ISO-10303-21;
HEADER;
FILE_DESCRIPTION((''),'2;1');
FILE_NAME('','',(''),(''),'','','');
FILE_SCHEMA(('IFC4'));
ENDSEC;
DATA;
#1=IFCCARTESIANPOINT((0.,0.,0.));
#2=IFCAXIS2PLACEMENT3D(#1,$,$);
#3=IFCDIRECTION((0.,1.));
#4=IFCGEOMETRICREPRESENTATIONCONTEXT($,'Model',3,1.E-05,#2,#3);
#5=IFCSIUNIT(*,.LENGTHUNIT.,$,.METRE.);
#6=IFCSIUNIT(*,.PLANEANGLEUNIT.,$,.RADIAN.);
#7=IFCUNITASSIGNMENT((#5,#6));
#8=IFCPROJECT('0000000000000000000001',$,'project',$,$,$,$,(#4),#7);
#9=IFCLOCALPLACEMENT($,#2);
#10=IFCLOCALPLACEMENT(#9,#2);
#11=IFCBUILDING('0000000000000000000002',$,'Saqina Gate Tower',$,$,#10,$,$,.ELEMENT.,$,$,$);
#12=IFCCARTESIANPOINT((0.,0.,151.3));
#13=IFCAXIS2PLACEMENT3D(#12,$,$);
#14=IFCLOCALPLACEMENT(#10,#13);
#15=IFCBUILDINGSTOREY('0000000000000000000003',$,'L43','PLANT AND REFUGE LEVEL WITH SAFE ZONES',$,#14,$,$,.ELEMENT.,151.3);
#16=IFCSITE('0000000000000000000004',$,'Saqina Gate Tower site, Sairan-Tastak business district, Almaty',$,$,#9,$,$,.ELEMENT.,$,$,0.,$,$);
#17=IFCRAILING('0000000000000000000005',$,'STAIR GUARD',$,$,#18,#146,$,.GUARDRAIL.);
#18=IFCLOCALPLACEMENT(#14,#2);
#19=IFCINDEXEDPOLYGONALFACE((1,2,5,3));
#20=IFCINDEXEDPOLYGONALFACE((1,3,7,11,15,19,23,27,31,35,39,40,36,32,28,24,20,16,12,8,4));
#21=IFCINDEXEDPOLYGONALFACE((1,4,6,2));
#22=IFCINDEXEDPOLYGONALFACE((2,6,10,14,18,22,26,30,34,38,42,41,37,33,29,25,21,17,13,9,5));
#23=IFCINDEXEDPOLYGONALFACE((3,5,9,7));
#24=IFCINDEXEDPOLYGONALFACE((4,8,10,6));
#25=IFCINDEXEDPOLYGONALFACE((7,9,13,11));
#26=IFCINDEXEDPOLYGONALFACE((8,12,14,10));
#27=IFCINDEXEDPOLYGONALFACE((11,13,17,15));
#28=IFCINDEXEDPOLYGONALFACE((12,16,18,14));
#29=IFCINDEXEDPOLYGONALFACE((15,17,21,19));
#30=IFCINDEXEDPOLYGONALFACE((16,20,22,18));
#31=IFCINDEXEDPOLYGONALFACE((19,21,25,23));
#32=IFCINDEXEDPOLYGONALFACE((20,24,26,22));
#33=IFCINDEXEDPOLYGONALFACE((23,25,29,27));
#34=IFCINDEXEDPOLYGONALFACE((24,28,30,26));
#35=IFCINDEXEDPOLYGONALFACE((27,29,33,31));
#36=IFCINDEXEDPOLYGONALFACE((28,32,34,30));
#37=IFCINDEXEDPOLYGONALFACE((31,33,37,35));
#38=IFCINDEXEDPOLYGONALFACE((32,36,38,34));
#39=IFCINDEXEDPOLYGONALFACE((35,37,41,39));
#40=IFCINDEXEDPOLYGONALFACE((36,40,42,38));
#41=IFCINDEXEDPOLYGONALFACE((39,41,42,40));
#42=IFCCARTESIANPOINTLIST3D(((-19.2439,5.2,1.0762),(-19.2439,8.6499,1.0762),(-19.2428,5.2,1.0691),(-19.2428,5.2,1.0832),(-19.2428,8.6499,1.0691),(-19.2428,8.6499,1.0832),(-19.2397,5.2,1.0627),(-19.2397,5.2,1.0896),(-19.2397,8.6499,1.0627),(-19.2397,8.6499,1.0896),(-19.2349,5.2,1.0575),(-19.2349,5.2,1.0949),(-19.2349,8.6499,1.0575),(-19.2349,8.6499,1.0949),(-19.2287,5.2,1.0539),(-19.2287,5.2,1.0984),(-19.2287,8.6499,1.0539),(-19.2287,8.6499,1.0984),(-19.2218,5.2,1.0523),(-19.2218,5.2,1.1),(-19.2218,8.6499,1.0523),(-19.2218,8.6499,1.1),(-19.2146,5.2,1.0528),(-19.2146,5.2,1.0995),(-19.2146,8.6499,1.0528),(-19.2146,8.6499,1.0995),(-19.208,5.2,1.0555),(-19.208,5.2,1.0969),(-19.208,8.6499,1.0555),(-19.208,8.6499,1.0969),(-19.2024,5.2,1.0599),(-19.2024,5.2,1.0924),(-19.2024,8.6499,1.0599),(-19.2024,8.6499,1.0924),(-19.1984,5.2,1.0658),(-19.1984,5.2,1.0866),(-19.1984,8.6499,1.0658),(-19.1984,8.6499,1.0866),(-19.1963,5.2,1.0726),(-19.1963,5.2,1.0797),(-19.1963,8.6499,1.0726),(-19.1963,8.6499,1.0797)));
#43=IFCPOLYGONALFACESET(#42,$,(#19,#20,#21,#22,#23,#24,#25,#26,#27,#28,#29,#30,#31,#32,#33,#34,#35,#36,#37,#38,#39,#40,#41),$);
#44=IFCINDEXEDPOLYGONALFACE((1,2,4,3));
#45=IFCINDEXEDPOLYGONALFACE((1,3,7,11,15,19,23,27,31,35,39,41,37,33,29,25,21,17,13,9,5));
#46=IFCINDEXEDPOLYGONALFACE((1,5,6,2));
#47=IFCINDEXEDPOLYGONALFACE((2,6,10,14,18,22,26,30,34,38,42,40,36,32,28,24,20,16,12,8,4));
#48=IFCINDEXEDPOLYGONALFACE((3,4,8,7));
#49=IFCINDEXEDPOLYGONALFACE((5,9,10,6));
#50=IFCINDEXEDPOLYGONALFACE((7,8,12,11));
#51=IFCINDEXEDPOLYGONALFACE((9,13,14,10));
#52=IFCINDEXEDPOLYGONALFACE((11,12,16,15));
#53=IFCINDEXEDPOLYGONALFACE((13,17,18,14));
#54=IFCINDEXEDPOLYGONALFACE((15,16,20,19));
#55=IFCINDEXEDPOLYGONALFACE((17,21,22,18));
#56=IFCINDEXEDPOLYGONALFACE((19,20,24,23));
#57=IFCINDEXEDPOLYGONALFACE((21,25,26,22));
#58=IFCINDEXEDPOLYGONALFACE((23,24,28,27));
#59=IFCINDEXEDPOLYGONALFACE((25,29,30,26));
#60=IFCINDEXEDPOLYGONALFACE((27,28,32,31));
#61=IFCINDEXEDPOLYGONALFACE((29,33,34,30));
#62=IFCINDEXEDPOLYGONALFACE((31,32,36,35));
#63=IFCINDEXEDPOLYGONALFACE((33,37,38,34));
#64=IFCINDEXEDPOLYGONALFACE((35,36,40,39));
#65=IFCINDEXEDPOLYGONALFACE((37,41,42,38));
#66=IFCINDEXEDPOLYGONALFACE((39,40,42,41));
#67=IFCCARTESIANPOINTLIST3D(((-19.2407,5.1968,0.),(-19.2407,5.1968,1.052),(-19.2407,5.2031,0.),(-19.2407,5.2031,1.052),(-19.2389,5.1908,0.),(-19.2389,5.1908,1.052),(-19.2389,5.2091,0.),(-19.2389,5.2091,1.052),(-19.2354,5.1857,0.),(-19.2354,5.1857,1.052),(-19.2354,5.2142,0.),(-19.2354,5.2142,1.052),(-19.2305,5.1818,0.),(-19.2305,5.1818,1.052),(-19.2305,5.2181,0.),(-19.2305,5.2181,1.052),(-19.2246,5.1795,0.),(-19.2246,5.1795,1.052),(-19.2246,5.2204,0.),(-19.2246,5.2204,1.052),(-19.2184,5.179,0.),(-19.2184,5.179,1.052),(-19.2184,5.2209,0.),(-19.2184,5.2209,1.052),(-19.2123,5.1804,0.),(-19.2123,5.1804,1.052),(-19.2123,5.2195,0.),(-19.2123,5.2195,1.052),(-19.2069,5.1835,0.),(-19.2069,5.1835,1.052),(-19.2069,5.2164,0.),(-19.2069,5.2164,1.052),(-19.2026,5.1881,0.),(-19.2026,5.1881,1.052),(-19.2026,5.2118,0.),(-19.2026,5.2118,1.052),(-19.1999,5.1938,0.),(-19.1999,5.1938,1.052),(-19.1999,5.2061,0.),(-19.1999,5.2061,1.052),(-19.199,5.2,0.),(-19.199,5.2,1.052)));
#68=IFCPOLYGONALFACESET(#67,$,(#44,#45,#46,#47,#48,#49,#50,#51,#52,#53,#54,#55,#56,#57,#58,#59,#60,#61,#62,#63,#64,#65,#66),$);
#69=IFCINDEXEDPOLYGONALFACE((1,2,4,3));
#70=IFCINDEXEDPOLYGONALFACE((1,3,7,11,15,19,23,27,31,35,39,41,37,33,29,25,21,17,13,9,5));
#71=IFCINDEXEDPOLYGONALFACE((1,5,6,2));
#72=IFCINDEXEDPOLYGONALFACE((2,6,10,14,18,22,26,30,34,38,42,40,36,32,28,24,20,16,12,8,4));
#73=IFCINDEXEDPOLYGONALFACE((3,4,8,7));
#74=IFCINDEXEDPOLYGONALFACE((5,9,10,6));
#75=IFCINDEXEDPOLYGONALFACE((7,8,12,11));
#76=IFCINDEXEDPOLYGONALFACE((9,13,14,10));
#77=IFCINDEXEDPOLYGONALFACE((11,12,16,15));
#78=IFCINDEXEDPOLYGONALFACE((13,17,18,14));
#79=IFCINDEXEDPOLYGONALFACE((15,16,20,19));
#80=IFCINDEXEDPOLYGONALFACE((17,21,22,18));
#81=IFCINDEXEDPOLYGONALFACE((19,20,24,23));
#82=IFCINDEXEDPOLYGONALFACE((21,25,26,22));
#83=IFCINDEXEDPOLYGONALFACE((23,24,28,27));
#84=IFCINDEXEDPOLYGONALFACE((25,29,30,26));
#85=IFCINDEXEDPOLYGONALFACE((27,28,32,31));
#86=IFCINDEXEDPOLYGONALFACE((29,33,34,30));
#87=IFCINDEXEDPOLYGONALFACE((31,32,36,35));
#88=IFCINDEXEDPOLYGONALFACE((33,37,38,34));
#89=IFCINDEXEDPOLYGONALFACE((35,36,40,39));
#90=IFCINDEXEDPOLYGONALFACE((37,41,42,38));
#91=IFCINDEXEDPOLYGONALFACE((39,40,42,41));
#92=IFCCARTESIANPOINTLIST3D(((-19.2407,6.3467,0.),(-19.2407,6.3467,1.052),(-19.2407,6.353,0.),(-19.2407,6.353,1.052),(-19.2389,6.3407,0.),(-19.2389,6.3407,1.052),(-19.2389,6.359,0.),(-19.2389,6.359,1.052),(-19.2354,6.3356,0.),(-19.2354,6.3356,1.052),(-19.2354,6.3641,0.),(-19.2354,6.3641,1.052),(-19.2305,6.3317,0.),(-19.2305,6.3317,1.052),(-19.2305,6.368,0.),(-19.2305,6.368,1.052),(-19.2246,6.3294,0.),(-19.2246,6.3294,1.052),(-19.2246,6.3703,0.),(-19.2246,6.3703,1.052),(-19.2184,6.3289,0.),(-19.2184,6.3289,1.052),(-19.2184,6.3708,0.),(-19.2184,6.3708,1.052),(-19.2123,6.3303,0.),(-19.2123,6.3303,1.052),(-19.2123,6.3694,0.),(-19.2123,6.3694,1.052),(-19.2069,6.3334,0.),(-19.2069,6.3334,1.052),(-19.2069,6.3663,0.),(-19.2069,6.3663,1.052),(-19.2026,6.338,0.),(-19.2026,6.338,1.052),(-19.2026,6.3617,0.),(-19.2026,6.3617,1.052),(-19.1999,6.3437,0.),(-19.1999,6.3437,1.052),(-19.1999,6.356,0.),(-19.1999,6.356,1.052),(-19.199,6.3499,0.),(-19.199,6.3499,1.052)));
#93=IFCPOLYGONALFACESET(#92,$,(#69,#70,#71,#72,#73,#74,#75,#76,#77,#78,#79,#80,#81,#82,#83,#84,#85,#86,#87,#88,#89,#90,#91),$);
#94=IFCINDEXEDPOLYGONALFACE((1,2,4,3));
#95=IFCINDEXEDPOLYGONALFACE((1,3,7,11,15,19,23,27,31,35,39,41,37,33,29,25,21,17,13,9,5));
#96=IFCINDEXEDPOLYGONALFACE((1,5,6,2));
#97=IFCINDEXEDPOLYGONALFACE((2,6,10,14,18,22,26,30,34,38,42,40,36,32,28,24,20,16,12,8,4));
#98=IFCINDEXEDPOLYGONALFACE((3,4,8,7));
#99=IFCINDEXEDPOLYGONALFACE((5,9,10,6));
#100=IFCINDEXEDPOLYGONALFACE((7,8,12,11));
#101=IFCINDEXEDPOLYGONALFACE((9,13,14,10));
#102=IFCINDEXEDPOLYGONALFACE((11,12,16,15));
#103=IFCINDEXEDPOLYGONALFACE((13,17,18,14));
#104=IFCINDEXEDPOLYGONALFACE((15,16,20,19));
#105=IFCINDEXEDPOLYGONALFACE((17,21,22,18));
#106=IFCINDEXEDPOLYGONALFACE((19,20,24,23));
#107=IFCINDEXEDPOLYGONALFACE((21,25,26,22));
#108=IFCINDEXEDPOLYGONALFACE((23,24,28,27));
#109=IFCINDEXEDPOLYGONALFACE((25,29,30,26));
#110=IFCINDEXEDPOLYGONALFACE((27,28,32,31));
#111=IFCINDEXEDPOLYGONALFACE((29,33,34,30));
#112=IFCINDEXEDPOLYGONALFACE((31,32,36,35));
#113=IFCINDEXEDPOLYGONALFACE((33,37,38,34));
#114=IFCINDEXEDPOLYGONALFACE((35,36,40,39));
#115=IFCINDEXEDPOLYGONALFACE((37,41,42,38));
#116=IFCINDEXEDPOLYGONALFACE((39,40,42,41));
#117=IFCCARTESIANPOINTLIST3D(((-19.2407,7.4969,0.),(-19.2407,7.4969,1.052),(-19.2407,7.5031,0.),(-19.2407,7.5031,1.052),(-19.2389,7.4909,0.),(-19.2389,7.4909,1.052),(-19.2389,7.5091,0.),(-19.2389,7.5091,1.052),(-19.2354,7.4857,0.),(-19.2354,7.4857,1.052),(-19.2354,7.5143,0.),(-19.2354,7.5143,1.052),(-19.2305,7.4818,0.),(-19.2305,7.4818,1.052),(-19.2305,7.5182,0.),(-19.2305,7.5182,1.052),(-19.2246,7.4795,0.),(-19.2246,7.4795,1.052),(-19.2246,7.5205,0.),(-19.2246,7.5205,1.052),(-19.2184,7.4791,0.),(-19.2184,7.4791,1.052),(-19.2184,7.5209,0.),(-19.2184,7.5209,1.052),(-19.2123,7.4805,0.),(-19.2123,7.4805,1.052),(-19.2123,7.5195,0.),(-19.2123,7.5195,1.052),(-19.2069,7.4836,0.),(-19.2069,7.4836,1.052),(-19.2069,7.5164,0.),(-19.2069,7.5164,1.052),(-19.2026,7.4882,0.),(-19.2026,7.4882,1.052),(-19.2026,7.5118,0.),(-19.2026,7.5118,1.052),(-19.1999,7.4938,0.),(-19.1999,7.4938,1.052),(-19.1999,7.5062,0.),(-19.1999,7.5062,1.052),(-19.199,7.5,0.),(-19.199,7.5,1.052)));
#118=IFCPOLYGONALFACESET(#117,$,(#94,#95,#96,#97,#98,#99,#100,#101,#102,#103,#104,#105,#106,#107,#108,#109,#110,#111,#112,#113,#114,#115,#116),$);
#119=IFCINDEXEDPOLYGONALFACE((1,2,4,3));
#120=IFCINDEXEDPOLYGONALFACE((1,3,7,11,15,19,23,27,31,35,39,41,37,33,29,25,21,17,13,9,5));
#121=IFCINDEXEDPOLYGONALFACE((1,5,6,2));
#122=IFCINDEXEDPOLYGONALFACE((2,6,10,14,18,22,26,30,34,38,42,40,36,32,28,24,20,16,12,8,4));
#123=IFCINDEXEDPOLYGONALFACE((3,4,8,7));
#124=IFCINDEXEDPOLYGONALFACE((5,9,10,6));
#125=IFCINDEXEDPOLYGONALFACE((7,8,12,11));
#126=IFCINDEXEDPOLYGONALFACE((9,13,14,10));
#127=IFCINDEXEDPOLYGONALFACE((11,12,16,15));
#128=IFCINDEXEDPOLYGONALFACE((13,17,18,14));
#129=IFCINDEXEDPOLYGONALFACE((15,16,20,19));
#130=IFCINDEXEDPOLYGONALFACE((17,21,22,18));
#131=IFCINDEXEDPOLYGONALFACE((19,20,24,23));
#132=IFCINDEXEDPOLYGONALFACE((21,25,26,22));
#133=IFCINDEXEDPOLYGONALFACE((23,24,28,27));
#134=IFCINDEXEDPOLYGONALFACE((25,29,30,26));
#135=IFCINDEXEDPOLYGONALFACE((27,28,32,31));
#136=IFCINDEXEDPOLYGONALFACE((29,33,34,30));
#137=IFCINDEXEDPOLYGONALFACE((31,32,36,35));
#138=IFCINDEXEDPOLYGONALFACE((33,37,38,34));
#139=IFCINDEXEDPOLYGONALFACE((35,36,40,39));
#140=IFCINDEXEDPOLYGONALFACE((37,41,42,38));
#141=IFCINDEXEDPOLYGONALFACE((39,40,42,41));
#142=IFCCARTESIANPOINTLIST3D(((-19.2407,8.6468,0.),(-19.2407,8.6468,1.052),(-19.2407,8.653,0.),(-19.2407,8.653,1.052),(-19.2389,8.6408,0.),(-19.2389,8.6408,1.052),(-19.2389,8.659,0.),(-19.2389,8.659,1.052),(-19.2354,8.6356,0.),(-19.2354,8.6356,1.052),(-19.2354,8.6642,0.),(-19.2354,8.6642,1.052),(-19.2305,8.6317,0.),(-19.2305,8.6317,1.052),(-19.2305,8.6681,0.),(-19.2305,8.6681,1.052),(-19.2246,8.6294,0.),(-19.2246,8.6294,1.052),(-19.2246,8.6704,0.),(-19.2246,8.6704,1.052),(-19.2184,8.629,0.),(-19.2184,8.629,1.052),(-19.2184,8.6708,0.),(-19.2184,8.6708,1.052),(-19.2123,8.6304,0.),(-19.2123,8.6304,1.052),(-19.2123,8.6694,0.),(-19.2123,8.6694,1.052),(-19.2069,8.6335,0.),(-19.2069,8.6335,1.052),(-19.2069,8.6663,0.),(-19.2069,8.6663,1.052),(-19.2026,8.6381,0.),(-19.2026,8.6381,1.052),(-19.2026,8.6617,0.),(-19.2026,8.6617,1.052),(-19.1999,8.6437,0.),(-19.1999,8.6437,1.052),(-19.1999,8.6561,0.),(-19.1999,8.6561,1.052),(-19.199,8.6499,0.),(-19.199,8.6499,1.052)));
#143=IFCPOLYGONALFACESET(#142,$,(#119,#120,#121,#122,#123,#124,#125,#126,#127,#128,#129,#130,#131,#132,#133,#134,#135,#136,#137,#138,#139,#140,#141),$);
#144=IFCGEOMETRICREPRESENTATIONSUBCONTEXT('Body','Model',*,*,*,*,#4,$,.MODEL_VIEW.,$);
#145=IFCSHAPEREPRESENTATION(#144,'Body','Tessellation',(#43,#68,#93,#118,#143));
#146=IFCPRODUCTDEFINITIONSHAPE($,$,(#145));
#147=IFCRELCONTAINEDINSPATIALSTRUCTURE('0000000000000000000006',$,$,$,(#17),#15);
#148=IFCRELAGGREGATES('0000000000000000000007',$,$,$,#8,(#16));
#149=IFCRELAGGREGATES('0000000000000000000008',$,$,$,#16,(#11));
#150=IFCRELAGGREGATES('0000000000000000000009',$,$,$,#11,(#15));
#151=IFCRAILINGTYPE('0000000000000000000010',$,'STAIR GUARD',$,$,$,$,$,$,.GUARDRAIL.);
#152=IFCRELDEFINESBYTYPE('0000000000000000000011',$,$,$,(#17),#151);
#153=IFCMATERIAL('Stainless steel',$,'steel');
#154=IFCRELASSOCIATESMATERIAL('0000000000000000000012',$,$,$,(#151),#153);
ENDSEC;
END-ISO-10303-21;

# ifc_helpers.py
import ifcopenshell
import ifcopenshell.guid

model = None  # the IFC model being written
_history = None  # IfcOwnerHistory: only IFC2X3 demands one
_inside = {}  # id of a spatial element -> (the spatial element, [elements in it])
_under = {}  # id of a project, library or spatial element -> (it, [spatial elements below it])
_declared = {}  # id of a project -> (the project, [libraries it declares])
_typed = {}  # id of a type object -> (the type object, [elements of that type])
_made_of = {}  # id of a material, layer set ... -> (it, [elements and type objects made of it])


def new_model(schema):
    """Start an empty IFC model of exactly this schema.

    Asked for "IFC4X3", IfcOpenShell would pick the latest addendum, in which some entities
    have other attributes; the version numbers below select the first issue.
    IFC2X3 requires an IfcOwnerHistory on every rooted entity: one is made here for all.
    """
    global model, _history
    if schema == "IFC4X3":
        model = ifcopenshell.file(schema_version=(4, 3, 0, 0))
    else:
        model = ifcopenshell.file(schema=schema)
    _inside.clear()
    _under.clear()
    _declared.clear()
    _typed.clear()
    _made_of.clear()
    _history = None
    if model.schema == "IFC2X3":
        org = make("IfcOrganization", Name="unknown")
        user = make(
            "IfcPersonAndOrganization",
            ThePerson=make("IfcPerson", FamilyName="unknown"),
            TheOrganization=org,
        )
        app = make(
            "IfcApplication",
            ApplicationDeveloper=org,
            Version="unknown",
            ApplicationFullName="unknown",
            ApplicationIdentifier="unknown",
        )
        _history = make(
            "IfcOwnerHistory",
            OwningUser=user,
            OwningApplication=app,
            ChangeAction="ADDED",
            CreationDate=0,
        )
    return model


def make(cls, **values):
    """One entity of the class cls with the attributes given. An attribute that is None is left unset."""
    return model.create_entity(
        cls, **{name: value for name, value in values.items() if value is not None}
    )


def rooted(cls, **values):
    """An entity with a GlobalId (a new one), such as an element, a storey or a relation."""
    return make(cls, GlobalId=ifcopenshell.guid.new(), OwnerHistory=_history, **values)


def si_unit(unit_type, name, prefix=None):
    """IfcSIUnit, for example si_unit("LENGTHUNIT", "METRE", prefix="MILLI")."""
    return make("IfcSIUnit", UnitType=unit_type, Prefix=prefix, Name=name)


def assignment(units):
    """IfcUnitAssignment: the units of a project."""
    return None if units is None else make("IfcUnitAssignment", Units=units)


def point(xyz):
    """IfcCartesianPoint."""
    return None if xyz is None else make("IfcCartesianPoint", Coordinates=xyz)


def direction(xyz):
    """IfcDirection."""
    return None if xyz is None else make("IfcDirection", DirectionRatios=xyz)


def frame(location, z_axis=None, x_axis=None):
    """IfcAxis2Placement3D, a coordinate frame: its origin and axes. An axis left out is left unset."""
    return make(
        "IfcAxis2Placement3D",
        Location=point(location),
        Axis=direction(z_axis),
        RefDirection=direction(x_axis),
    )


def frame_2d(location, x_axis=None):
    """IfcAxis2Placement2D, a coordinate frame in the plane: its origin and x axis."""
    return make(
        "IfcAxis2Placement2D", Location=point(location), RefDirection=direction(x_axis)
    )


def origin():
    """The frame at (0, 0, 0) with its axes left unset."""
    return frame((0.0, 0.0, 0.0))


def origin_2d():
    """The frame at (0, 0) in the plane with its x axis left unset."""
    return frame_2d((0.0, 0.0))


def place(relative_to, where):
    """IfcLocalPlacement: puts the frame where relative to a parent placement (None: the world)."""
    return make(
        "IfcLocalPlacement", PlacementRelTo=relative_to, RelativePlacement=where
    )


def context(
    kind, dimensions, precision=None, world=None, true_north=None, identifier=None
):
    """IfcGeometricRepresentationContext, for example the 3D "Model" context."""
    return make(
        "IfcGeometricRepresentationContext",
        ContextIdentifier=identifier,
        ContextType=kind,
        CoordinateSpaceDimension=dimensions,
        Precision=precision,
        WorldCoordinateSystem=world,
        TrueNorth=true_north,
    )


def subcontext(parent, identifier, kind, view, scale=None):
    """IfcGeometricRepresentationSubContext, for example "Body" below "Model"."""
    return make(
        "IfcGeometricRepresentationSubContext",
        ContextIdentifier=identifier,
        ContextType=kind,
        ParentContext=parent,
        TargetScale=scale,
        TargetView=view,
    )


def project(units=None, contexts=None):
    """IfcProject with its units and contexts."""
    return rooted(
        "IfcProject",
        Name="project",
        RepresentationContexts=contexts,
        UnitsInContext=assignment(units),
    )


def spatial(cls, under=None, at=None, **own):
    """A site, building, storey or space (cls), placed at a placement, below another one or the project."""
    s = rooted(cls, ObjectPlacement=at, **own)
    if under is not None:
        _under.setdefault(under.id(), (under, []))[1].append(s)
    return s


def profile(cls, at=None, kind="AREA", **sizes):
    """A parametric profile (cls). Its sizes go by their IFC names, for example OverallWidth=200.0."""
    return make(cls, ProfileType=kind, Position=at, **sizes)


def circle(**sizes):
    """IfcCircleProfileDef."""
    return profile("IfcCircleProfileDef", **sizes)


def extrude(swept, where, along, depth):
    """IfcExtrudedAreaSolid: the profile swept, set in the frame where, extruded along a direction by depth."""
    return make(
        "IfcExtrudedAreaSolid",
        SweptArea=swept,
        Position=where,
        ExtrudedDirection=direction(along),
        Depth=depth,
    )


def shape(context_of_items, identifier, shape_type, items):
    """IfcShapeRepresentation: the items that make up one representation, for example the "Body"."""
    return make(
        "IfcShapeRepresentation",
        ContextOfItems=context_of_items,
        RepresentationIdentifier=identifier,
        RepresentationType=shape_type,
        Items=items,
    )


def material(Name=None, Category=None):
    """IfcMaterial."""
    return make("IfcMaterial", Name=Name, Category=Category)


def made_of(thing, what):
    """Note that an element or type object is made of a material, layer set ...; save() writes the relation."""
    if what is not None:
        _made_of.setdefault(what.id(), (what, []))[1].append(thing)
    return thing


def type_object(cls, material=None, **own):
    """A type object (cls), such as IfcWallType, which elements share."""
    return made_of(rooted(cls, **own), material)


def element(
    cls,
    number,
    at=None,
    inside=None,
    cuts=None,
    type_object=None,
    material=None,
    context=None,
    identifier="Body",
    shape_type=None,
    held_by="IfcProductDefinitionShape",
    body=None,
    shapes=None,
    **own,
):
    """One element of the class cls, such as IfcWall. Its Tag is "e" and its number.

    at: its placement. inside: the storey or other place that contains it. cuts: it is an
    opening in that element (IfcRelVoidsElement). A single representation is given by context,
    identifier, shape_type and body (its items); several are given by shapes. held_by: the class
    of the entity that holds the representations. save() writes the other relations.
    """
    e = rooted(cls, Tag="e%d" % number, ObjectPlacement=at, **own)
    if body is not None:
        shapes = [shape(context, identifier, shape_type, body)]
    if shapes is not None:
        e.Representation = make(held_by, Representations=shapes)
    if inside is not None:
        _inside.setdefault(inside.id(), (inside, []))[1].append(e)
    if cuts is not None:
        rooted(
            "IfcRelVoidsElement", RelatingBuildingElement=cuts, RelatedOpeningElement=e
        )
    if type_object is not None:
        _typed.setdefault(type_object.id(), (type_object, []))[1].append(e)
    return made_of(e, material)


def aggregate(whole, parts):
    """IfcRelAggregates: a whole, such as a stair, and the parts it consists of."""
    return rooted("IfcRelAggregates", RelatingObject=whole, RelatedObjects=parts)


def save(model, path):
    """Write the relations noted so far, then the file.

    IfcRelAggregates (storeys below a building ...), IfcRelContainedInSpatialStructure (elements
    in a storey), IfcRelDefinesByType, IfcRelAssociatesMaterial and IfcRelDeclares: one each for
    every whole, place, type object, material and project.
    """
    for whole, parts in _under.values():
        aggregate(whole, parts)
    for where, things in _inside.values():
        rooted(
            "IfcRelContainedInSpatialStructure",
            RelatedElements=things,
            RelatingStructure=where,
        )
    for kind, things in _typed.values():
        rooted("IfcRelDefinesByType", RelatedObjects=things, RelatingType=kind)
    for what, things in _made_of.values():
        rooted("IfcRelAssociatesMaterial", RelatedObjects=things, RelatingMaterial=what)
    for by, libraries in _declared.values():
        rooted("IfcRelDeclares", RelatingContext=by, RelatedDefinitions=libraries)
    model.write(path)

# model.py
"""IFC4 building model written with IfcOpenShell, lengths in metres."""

from ifc_helpers import new_model, si_unit, direction, frame, origin, origin_2d, place, context, subcontext, project, spatial, circle, extrude, material, type_object, element, save


model = new_model("IFC4")

# Units and contexts
model_context = context("Model", 3, precision=1e-05, world=origin(), true_north=direction((0.0, 1.0)))
body_context = subcontext(model_context, "Body", "Model", "MODEL_VIEW")
ifc_project = project(units=[si_unit("LENGTHUNIT", "METRE"), si_unit("PLANEANGLEUNIT", "RADIAN")], contexts=[model_context])

# Site, building, storey
site_placement = place(None, origin())
site = spatial("IfcSite", under=ifc_project, at=site_placement, Name="Saqina Gate Tower site, Sairan-Tastak business district, Almaty", CompositionType="ELEMENT", RefElevation=0.0)
building_placement = place(site_placement, origin())
building = spatial("IfcBuilding", under=site, at=building_placement, Name="Saqina Gate Tower", CompositionType="ELEMENT")
storey_placement = place(building_placement, frame((0.0, 0.0, 151.3)))
storey = spatial("IfcBuildingStorey", under=building, at=storey_placement, Name="L43", Description="PLANT AND REFUGE LEVEL WITH SAFE ZONES", CompositionType="ELEMENT", Elevation=151.3)

# Railing
ifc_material_1 = material(Name="Stainless steel", Category="steel")
railing_type_1 = type_object("IfcRailingType", Name="STAIR GUARD", PredefinedType="GUARDRAIL", material=ifc_material_1)
railing_1_placement = place(storey_placement, frame((-19.22, 5.2, 0.0)))
element("IfcRailing", 1, at=railing_1_placement, inside=storey, type_object=railing_type_1, Name="STAIR GUARD", PredefinedType="GUARDRAIL", context=body_context, shape_type="SweptSolid", body=[
    extrude(circle(Radius=0.0239, at=origin_2d()), frame((0.0, 0.0, 1.0762), z_axis=(0.0, 1.0, 0.0), x_axis=(-1.0, 0.0, 0.0)), (0.0, 0.0, 1.0), 3.45),
    extrude(circle(Radius=0.021, at=origin_2d()), origin(), (0.0, 0.0, 1.0), 1.052),
    extrude(circle(Radius=0.021, at=origin_2d()), frame((0.0, 1.1499, 0.0)), (0.0, 0.0, 1.0), 1.052),
    extrude(circle(Radius=0.021, at=origin_2d()), frame((0.0, 2.3, 0.0)), (0.0, 0.0, 1.0), 1.052),
    extrude(circle(Radius=0.021, at=origin_2d()), frame((0.0, 3.45, 0.0)), (0.0, 0.0, 1.0), 1.052),
])

save(model, "model.ifc")
